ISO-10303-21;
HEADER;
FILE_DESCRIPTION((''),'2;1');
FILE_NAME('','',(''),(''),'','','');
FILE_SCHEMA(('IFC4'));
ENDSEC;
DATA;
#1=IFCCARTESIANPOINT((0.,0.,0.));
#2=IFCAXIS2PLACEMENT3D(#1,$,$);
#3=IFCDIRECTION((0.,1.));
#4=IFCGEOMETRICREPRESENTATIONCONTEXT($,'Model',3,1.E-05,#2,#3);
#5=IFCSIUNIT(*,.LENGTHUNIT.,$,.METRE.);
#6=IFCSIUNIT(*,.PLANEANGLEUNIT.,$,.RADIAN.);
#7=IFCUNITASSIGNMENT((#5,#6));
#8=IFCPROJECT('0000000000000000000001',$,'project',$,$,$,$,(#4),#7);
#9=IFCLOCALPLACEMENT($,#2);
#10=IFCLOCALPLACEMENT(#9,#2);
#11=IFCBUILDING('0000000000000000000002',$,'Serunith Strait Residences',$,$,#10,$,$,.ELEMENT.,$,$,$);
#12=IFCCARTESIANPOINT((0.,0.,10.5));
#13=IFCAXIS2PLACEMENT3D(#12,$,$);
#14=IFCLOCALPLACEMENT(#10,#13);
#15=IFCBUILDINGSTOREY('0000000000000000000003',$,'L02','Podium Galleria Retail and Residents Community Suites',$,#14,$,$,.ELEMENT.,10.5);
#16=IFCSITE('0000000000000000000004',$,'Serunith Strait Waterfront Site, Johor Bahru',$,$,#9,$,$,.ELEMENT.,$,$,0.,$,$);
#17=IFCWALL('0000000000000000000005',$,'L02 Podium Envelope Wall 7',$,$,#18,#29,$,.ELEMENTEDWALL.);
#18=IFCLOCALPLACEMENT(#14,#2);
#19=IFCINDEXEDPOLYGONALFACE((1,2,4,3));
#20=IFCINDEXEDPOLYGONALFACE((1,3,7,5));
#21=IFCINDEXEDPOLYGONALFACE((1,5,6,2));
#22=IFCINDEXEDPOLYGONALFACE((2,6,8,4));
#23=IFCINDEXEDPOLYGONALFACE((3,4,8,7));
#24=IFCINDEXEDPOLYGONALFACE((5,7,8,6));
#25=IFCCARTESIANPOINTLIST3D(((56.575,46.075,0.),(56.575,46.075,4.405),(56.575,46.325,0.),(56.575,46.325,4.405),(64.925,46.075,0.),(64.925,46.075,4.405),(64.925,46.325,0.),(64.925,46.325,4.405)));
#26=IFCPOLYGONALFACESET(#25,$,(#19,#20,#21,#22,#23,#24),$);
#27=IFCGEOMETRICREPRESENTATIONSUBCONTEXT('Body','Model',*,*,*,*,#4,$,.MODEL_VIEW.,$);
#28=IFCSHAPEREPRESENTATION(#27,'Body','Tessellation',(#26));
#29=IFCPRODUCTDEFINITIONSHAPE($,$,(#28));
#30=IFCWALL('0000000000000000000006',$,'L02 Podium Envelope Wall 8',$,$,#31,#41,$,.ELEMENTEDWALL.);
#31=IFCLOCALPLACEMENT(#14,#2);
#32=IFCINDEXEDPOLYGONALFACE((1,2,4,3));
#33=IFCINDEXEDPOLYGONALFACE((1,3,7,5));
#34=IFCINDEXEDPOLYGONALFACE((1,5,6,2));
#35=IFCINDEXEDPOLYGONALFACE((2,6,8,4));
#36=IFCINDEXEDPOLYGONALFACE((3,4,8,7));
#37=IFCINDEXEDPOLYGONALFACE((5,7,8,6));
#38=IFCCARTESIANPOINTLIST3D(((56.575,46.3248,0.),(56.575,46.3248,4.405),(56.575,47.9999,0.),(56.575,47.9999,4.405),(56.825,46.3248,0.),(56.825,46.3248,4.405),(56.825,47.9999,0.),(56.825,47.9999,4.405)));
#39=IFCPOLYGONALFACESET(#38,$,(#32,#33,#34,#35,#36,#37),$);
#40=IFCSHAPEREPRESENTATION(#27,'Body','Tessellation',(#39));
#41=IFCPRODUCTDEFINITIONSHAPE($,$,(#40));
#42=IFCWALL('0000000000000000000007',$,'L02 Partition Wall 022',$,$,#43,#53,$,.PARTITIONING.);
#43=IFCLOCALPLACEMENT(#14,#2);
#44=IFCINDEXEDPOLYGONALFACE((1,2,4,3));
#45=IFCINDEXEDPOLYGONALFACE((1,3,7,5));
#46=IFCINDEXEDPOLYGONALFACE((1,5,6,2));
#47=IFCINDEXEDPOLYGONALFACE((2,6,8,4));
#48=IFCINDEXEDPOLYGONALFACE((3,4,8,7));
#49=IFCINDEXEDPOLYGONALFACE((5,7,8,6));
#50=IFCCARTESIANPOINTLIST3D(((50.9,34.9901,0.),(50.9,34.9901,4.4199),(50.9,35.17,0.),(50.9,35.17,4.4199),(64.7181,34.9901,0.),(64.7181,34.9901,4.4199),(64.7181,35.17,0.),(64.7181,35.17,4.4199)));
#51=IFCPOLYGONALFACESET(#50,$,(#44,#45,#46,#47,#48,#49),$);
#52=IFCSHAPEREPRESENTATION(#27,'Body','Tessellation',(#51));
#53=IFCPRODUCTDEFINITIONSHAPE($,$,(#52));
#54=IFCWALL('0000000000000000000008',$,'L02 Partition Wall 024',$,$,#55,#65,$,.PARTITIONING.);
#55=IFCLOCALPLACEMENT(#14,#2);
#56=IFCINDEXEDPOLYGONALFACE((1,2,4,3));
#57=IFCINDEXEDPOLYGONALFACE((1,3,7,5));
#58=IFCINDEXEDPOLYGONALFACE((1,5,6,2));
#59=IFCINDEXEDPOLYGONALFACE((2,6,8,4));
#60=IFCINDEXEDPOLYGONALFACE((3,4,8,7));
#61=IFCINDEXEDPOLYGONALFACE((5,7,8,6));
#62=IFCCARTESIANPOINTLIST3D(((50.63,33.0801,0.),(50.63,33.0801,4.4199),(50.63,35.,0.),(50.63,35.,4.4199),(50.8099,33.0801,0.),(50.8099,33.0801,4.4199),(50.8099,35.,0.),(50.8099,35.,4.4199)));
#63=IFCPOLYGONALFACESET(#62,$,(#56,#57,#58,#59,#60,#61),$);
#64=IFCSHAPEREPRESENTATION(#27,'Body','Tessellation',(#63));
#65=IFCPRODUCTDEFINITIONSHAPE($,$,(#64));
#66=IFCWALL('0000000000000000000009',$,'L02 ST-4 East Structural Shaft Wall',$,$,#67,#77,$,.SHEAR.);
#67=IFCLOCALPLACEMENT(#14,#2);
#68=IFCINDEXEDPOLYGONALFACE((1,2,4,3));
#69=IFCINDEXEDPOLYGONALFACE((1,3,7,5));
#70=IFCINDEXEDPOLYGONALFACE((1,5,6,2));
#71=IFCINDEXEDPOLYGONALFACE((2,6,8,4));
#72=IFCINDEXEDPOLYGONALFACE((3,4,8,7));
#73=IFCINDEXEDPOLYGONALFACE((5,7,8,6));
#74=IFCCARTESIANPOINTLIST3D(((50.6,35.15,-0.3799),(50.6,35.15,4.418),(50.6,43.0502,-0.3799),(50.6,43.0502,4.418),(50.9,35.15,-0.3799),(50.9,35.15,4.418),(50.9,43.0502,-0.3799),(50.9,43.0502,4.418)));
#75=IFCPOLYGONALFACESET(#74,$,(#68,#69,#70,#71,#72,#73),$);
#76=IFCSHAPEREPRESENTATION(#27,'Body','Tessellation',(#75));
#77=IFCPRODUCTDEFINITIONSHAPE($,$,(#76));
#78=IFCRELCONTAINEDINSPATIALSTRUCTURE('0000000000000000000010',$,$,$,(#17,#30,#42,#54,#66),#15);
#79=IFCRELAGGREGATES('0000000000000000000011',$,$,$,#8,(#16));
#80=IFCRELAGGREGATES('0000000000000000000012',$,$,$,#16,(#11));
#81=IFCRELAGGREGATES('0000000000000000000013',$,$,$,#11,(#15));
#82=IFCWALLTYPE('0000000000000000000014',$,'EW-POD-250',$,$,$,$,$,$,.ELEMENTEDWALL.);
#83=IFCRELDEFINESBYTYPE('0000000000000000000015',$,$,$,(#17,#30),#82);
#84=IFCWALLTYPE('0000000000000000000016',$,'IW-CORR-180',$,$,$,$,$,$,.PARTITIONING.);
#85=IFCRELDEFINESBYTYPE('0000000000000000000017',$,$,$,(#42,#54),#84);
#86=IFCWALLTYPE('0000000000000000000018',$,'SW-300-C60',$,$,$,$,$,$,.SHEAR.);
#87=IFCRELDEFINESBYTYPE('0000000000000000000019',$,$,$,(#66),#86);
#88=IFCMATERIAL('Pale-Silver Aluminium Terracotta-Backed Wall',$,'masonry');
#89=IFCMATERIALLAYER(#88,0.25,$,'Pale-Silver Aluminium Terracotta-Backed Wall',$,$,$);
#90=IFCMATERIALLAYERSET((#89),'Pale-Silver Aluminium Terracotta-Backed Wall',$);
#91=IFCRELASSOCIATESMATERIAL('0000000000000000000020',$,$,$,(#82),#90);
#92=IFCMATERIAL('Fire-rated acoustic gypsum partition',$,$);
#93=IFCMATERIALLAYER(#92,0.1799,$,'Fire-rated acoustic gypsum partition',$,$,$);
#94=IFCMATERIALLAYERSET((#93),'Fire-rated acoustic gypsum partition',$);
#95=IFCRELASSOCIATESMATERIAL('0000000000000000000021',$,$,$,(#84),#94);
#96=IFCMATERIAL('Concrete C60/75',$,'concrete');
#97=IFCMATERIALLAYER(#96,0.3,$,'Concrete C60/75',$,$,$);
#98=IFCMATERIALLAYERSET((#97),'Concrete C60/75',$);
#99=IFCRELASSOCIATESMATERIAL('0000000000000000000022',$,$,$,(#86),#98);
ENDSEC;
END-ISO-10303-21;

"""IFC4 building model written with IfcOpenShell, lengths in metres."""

from ifc_helpers import new_model, si_unit, direction, frame, frame_2d, origin, place, context, subcontext, project, spatial, rectangle, extrude, material, layer, layer_set, type_object, element, save


model = new_model("IFC4")

# Units and contexts
model_context = context("Model", 3, precision=1e-05, world=origin(), true_north=direction((0.0, 1.0)))
body_context = subcontext(model_context, "Body", "Model", "MODEL_VIEW")
ifc_project = project(units=[si_unit("LENGTHUNIT", "METRE"), si_unit("PLANEANGLEUNIT", "RADIAN")], contexts=[model_context])

# Site, building, storey
site_placement = place(None, origin())
site = spatial("IfcSite", under=ifc_project, at=site_placement, Name="Serunith Strait Waterfront Site, Johor Bahru", CompositionType="ELEMENT", RefElevation=0.0)
building_placement = place(site_placement, origin())
building = spatial("IfcBuilding", under=site, at=building_placement, Name="Serunith Strait Residences", CompositionType="ELEMENT")
storey_placement = place(building_placement, frame((0.0, 0.0, 10.5)))
storey = spatial("IfcBuildingStorey", under=building, at=storey_placement, Name="L02", Description="Podium Galleria Retail and Residents Community Suites", CompositionType="ELEMENT", Elevation=10.5)

# Shared definitions
ifc_material_1 = material(Name="Concrete C60/75", Category="concrete")

# Walls
ifc_material_2 = material(Name="Pale-Silver Aluminium Terracotta-Backed Wall", Category="masonry")
ifc_layer_1 = layer(ifc_material_2, 0.25, Name="Pale-Silver Aluminium Terracotta-Backed Wall")
ifc_layer_set_1 = layer_set([ifc_layer_1], Name="Pale-Silver Aluminium Terracotta-Backed Wall")
wall_type_1 = type_object("IfcWallType", Name="EW-POD-250", PredefinedType="ELEMENTEDWALL", material=ifc_layer_set_1)
wall_1_placement = place(storey_placement, frame((64.925, 46.2, 0.0), z_axis=(0.0, 0.0, 1.0), x_axis=(-1.0, 0.0, 0.0)))
element("IfcWall", 1, at=wall_1_placement, inside=storey, type_object=wall_type_1, Name="L02 Podium Envelope Wall 7", PredefinedType="ELEMENTEDWALL", context=body_context, shape_type="SweptSolid", body=[
    extrude(rectangle(XDim=8.3501, YDim=0.25, at=frame_2d((4.175, 0.0))), origin(), (0.0, 0.0, 1.0), 4.405),
])
wall_2_placement = place(storey_placement, frame((56.7, 46.325, 0.0), z_axis=(0.0, 0.0, 1.0), x_axis=(0.0, 1.0, 0.0)))
element("IfcWall", 2, at=wall_2_placement, inside=storey, type_object=wall_type_1, Name="L02 Podium Envelope Wall 8", PredefinedType="ELEMENTEDWALL", context=body_context, shape_type="SweptSolid", body=[
    extrude(rectangle(XDim=1.675, YDim=0.25, at=frame_2d((0.8374, 0.0))), origin(), (0.0, 0.0, 1.0), 4.405),
])
ifc_material_3 = material(Name="Fire-rated acoustic gypsum partition")
ifc_layer_2 = layer(ifc_material_3, 0.1799, Name="Fire-rated acoustic gypsum partition")
ifc_layer_set_2 = layer_set([ifc_layer_2], Name="Fire-rated acoustic gypsum partition")
wall_type_2 = type_object("IfcWallType", Name="IW-CORR-180", PredefinedType="PARTITIONING", material=ifc_layer_set_2)
wall_3_placement = place(storey_placement, frame((50.8999, 35.0801, 0.0), z_axis=(0.0, 0.0, 1.0), x_axis=(1.0, 0.0, 0.0)))
element("IfcWall", 3, at=wall_3_placement, inside=storey, type_object=wall_type_2, Name="L02 Partition Wall 022", PredefinedType="PARTITIONING", context=body_context, shape_type="SweptSolid", body=[
    extrude(rectangle(XDim=13.8181, YDim=0.1799, at=frame_2d((6.9092, 0.0))), origin(), (0.0, 0.0, 1.0), 4.4199),
])
wall_4_placement = place(storey_placement, frame((50.72, 33.0801, 0.0), z_axis=(0.0, 0.0, 1.0), x_axis=(0.0, 1.0, 0.0)))
element("IfcWall", 4, at=wall_4_placement, inside=storey, type_object=wall_type_2, Name="L02 Partition Wall 024", PredefinedType="PARTITIONING", context=body_context, shape_type="SweptSolid", body=[
    extrude(rectangle(XDim=1.9199, YDim=0.1799, at=frame_2d((0.96, 0.0))), origin(), (0.0, 0.0, 1.0), 4.4199),
])
ifc_layer_3 = layer(ifc_material_1, 0.3, Name="Concrete C60/75")
ifc_layer_set_3 = layer_set([ifc_layer_3], Name="Concrete C60/75")
wall_type_3 = type_object("IfcWallType", Name="SW-300-C60", PredefinedType="SHEAR", material=ifc_layer_set_3)
wall_5_placement = place(storey_placement, frame((50.75, 35.1499, -0.3799), z_axis=(0.0, 0.0, 1.0), x_axis=(0.0, 1.0, 0.0)))
element("IfcWall", 5, at=wall_5_placement, inside=storey, type_object=wall_type_3, Name="L02 ST-4 East Structural Shaft Wall", PredefinedType="SHEAR", context=body_context, shape_type="SweptSolid", body=[
    extrude(rectangle(XDim=7.9001, YDim=0.3, at=frame_2d((3.9502, 0.0))), origin(), (0.0, 0.0, 1.0), 4.7979),
])

save(model, "model.ifc")
